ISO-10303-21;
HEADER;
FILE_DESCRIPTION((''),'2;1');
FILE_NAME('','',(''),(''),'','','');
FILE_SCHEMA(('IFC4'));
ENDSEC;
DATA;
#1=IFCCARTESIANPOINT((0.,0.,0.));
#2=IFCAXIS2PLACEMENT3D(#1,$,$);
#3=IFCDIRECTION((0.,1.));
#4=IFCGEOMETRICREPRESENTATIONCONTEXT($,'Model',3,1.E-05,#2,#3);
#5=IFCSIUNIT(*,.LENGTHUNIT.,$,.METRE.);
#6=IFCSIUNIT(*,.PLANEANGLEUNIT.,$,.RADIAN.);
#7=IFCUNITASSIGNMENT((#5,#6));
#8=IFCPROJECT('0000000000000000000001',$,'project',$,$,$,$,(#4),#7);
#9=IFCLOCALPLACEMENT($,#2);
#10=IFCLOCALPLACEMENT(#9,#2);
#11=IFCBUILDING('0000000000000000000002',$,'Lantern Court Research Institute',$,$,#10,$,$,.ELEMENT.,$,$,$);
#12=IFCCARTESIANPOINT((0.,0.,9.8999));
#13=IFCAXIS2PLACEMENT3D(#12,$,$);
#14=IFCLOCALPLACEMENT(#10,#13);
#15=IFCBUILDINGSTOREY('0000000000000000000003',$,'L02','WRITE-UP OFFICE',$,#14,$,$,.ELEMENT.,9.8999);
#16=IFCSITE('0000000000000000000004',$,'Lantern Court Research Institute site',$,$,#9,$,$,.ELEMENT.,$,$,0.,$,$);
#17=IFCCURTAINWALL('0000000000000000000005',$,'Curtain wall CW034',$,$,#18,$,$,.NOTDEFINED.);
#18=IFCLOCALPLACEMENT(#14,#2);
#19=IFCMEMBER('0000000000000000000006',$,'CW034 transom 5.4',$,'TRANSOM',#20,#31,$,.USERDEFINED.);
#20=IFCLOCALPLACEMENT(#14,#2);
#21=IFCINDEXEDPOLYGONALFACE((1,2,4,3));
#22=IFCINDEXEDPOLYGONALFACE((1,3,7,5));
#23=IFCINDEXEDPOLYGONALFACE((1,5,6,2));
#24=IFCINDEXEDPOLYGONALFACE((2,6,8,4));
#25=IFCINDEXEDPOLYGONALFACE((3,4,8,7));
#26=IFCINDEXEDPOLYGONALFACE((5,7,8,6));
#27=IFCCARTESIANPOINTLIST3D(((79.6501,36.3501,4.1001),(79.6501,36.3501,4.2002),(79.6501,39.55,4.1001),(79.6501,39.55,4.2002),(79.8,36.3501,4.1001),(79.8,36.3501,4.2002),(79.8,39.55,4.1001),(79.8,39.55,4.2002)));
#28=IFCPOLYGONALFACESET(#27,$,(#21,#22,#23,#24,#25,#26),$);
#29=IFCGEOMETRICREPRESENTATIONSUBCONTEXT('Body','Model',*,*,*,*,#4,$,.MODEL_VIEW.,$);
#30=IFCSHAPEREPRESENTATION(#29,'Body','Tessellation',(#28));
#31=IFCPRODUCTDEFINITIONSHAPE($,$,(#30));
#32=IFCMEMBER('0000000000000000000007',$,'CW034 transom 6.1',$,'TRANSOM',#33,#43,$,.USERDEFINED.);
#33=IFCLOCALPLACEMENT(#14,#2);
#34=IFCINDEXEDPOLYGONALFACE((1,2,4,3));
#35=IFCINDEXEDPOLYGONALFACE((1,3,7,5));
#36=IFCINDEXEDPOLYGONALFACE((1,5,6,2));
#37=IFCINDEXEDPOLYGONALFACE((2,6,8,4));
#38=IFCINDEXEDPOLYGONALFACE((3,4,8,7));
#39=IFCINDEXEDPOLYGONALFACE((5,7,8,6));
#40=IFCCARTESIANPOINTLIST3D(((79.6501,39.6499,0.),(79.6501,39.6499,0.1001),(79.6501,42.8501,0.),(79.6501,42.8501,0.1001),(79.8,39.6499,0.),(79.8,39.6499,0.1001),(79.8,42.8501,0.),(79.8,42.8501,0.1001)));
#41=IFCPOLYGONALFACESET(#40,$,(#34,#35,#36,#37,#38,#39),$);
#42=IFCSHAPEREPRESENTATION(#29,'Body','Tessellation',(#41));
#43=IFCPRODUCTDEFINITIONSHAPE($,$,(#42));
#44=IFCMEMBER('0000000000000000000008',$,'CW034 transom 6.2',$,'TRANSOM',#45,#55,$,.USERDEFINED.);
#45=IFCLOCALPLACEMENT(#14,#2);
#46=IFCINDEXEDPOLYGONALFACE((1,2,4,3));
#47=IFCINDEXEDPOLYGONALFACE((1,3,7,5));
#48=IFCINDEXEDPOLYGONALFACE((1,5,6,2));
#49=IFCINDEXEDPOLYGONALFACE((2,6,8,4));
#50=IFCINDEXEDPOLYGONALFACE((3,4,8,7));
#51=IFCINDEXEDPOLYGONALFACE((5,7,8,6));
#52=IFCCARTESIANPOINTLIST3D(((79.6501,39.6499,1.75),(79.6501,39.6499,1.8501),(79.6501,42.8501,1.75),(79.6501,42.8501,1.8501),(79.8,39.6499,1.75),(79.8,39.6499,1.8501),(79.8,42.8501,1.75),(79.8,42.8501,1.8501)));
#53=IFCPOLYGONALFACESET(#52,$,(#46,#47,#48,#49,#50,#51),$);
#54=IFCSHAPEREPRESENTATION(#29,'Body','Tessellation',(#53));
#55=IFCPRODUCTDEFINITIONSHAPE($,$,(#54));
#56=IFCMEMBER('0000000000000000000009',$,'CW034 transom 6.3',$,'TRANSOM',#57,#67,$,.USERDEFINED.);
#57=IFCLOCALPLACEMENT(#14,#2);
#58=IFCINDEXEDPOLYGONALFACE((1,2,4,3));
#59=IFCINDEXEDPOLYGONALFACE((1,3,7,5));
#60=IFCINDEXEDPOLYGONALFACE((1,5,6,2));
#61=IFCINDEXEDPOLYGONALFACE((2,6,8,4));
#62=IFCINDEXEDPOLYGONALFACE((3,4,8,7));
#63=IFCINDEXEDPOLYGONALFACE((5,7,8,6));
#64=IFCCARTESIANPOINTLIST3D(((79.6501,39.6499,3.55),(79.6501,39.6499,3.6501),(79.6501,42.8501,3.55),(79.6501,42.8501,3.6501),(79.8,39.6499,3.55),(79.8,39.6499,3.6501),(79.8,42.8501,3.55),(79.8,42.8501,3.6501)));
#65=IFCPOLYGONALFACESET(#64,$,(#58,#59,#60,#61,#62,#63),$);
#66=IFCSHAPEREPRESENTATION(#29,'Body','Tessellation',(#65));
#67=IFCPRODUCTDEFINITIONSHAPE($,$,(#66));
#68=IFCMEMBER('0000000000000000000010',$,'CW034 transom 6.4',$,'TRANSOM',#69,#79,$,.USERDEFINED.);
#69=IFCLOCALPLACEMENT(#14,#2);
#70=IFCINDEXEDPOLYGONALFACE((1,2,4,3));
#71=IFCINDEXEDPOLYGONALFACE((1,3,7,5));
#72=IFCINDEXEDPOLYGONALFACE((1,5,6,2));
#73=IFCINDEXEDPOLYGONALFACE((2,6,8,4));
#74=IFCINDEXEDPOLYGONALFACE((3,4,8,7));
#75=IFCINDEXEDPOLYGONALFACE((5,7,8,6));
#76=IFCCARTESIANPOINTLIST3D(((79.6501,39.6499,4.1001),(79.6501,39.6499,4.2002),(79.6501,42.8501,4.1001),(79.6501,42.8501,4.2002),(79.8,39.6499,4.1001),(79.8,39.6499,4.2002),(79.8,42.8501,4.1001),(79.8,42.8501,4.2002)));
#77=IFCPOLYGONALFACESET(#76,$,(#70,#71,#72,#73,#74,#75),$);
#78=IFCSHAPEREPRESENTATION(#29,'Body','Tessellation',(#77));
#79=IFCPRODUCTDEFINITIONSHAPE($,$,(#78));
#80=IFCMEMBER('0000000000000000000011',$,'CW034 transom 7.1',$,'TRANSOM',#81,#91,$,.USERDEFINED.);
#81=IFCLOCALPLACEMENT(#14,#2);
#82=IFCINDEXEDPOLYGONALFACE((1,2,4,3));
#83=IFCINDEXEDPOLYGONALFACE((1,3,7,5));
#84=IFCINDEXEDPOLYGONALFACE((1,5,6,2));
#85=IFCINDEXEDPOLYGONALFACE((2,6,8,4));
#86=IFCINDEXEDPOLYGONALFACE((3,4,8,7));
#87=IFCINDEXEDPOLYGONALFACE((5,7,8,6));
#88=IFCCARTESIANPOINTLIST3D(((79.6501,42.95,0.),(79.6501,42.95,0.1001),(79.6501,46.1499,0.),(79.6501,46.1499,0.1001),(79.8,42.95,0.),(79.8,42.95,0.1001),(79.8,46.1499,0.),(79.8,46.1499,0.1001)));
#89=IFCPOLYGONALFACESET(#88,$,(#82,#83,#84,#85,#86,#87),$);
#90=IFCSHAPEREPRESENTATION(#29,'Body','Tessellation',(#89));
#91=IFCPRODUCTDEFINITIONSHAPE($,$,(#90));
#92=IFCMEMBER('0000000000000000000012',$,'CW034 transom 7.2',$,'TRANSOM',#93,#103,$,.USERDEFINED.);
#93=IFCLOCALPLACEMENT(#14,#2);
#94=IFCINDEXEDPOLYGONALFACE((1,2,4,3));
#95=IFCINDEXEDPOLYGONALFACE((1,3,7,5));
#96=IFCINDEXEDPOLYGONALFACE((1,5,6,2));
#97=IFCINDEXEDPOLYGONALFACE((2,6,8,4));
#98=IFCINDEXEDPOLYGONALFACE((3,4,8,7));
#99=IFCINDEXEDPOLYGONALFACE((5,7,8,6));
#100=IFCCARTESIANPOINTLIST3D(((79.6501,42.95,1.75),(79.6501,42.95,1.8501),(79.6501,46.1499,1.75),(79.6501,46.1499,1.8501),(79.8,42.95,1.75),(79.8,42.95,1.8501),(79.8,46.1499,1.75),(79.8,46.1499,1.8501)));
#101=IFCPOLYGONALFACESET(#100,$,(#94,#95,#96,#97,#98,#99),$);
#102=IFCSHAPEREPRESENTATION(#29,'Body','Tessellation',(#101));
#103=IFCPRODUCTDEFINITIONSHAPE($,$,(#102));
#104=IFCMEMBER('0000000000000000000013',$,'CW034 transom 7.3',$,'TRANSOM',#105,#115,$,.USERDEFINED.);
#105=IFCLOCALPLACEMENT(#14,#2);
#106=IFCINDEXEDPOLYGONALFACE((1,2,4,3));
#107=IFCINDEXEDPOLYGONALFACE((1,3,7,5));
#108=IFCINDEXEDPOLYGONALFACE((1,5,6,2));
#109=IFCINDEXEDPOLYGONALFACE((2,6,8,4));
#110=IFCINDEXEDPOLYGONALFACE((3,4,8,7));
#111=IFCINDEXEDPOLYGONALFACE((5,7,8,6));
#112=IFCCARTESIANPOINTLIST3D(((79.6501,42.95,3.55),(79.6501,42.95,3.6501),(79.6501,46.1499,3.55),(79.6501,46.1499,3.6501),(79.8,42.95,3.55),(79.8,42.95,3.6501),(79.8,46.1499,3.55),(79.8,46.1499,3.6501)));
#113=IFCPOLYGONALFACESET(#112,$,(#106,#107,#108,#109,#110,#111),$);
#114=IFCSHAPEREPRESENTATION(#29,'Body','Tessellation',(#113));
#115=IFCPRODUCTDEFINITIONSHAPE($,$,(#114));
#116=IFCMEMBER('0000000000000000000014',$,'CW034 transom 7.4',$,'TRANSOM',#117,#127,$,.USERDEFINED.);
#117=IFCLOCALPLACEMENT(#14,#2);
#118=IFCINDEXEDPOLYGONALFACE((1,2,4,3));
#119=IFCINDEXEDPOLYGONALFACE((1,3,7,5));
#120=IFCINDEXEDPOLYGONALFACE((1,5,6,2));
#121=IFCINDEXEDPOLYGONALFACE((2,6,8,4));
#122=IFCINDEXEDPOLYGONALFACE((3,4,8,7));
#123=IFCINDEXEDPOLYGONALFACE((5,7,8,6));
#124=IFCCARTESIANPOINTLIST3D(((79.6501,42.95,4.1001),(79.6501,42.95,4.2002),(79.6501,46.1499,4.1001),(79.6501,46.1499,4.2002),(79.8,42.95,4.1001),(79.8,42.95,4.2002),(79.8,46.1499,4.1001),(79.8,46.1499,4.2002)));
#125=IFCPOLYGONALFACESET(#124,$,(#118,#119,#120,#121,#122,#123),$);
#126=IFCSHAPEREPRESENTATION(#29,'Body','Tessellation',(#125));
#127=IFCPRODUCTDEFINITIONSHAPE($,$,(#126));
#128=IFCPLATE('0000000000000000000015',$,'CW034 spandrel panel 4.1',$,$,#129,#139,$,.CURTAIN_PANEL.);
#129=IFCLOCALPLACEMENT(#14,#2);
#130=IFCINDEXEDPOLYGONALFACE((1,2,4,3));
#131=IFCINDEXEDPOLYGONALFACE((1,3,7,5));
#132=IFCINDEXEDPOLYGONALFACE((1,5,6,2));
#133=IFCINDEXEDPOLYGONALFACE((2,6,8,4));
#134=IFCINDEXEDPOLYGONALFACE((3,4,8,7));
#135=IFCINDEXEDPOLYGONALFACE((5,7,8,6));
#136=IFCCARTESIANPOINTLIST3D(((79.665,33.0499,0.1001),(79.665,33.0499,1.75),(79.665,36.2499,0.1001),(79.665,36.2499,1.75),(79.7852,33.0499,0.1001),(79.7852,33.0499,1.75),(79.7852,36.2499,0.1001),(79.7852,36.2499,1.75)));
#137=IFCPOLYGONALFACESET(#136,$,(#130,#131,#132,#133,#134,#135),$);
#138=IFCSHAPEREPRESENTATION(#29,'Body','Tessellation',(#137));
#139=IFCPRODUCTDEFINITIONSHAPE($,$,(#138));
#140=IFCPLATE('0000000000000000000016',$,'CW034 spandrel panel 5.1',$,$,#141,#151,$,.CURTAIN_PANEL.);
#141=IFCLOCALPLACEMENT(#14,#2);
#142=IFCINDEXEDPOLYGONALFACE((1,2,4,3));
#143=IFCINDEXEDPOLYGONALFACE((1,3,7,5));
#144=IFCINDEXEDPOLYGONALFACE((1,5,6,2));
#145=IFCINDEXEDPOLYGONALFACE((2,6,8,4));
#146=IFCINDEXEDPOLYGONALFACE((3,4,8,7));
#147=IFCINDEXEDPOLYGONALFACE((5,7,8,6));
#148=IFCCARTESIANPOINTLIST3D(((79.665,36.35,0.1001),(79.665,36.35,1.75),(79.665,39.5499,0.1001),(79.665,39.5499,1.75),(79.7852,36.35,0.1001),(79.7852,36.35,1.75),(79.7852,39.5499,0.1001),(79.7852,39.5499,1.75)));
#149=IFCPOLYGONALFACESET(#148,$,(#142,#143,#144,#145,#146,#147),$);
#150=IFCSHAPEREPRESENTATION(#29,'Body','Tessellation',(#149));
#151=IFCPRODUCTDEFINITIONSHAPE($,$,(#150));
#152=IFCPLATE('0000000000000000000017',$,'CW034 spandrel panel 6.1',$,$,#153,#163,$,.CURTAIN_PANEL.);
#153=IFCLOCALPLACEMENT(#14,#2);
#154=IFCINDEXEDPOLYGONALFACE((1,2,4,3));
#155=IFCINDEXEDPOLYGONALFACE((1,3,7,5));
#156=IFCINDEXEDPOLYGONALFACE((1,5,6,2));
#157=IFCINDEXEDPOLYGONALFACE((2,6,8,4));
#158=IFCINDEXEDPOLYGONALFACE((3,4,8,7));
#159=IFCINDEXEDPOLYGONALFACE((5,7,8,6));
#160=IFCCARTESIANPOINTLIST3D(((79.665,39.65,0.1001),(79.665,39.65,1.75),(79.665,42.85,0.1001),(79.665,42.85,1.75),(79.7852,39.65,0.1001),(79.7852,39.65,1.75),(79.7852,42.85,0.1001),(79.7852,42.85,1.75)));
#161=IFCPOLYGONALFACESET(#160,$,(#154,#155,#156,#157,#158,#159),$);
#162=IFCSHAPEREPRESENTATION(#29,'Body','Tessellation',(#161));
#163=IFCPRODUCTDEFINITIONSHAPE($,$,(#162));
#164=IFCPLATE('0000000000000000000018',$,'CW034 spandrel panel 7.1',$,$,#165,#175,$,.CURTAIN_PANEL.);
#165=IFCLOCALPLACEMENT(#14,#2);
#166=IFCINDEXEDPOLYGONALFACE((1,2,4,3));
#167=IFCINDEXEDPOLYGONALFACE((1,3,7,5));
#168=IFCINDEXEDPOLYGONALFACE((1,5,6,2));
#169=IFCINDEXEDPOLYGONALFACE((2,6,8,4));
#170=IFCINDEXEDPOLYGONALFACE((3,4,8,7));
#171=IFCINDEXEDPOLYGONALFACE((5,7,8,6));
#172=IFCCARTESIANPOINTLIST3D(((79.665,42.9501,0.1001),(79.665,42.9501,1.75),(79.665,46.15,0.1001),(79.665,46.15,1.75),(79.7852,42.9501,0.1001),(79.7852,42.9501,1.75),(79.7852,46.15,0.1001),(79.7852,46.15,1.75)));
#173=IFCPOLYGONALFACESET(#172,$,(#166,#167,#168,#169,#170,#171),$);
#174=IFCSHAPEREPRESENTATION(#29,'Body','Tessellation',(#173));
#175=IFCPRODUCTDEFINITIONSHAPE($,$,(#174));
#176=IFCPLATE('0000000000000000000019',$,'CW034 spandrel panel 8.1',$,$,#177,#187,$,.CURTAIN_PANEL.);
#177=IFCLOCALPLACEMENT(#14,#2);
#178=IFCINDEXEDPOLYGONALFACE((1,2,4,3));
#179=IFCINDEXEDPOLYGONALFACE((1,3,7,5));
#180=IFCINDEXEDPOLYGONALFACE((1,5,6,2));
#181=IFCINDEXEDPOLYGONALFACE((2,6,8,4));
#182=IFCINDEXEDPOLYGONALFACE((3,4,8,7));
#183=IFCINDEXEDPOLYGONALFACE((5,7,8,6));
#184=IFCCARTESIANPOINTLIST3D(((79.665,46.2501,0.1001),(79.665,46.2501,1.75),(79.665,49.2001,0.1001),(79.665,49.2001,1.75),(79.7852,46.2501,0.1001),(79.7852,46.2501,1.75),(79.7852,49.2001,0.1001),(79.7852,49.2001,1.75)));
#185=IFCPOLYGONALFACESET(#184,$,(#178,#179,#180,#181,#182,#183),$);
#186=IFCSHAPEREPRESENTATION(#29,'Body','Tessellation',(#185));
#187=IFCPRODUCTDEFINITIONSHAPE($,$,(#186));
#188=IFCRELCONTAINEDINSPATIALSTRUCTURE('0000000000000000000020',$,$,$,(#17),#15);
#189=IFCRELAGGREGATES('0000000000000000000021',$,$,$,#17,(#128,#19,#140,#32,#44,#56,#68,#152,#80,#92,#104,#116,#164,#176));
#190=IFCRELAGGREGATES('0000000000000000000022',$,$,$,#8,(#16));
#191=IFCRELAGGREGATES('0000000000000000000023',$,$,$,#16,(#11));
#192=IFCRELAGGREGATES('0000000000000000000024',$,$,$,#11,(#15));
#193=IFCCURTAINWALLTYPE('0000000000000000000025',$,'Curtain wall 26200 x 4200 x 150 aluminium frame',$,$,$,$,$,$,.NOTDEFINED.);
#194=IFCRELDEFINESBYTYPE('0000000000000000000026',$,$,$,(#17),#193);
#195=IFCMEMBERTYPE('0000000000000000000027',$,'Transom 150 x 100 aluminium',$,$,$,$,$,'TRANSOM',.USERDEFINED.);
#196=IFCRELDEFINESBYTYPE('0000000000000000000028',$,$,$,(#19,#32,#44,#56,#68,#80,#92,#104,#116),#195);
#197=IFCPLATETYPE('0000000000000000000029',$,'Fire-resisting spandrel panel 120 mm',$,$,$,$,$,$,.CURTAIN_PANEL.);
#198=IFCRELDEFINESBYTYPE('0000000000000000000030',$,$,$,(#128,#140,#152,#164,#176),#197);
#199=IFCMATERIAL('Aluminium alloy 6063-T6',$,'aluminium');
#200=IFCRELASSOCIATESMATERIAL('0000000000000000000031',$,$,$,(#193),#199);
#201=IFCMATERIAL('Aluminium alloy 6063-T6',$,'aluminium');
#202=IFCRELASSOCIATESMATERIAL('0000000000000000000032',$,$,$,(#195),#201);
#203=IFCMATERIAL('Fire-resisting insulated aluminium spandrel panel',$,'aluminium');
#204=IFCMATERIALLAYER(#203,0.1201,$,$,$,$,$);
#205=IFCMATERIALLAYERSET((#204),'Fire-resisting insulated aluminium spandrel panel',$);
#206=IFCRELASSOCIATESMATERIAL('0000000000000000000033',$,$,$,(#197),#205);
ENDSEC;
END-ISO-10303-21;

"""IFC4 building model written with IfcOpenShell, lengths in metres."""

from ifc_helpers import new_model, si_unit, direction, frame, origin, origin_2d, place, context, subcontext, project, spatial, rectangle, extrude, material, layer, layer_set, material_profile, profile_set, type_object, element, aggregate, save


model = new_model("IFC4")

# Units and contexts
model_context = context("Model", 3, precision=1e-05, world=origin(), true_north=direction((0.0, 1.0)))
body_context = subcontext(model_context, "Body", "Model", "MODEL_VIEW")
ifc_project = project(units=[si_unit("LENGTHUNIT", "METRE"), si_unit("PLANEANGLEUNIT", "RADIAN")], contexts=[model_context])

# Site, building, storey
site_placement = place(None, origin())
site = spatial("IfcSite", under=ifc_project, at=site_placement, Name="Lantern Court Research Institute site", CompositionType="ELEMENT", RefElevation=0.0)
building_placement = place(site_placement, origin())
building = spatial("IfcBuilding", under=site, at=building_placement, Name="Lantern Court Research Institute", CompositionType="ELEMENT")
storey_placement = place(building_placement, frame((0.0, 0.0, 9.8999)))
storey = spatial("IfcBuildingStorey", under=building, at=storey_placement, Name="L02", Description="WRITE-UP OFFICE", CompositionType="ELEMENT", Elevation=9.8999)

# Curtain wall, members, plates
ifc_material_1 = material(Name="Aluminium alloy 6063-T6", Category="aluminium")
curtain_wall_type = type_object("IfcCurtainWallType", Name="Curtain wall 26200 x 4200 x 150 aluminium frame", PredefinedType="NOTDEFINED", material=ifc_material_1)
curtain_wall_placement = place(storey_placement, origin())
curtain_wall = element("IfcCurtainWall", 1, at=curtain_wall_placement, inside=storey, type_object=curtain_wall_type, Name="Curtain wall CW034", PredefinedType="NOTDEFINED")
ifc_material_2 = material(Name="Aluminium alloy 6063-T6", Category="aluminium")
ifc_material_profile_1 = material_profile(ifc_material_2, rectangle(XDim=0.1499, YDim=0.1001, at=origin_2d()), Name="Transom 150 x 100")
ifc_profile_set_1 = profile_set([ifc_material_profile_1], Name="Aluminium alloy 6063-T6")
member_type_1 = type_object("IfcMemberType", Name="Transom 150 x 100 aluminium", ElementType="TRANSOM", PredefinedType="USERDEFINED", material=ifc_profile_set_1)
member_1_placement = place(storey_placement, frame((79.7251, 39.55, 4.1501), z_axis=(0.0, -1.0, 0.0), x_axis=(1.0, 0.0, 0.0)))
member_1 = element("IfcMember", 2, at=member_1_placement, type_object=member_type_1, Name="CW034 transom 5.4", ObjectType="TRANSOM", PredefinedType="USERDEFINED", context=body_context, shape_type="SweptSolid", body=[
    extrude(rectangle(XDim=0.1499, YDim=0.1001, at=origin_2d()), origin(), (0.0, 0.0, 1.0), 3.2),
])
member_2_placement = place(storey_placement, frame((79.7251, 42.8501, 0.05), z_axis=(0.0, -1.0, 0.0), x_axis=(1.0, 0.0, 0.0)))
member_2 = element("IfcMember", 3, at=member_2_placement, type_object=member_type_1, Name="CW034 transom 6.1", ObjectType="TRANSOM", PredefinedType="USERDEFINED", context=body_context, shape_type="SweptSolid", body=[
    extrude(rectangle(XDim=0.1499, YDim=0.1001, at=origin_2d()), origin(), (0.0, 0.0, 1.0), 3.2002),
])
member_3_placement = place(storey_placement, frame((79.7251, 42.8501, 1.8), z_axis=(0.0, -1.0, 0.0), x_axis=(1.0, 0.0, 0.0)))
member_3 = element("IfcMember", 4, at=member_3_placement, type_object=member_type_1, Name="CW034 transom 6.2", ObjectType="TRANSOM", PredefinedType="USERDEFINED", context=body_context, shape_type="SweptSolid", body=[
    extrude(rectangle(XDim=0.1499, YDim=0.1001, at=origin_2d()), origin(), (0.0, 0.0, 1.0), 3.2002),
])
member_4_placement = place(storey_placement, frame((79.7251, 42.8501, 3.6001), z_axis=(0.0, -1.0, 0.0), x_axis=(1.0, 0.0, 0.0)))
member_4 = element("IfcMember", 5, at=member_4_placement, type_object=member_type_1, Name="CW034 transom 6.3", ObjectType="TRANSOM", PredefinedType="USERDEFINED", context=body_context, shape_type="SweptSolid", body=[
    extrude(rectangle(XDim=0.1499, YDim=0.1001, at=origin_2d()), origin(), (0.0, 0.0, 1.0), 3.2002),
])
member_5_placement = place(storey_placement, frame((79.7251, 42.8501, 4.1501), z_axis=(0.0, -1.0, 0.0), x_axis=(1.0, 0.0, 0.0)))
member_5 = element("IfcMember", 6, at=member_5_placement, type_object=member_type_1, Name="CW034 transom 6.4", ObjectType="TRANSOM", PredefinedType="USERDEFINED", context=body_context, shape_type="SweptSolid", body=[
    extrude(rectangle(XDim=0.1499, YDim=0.1001, at=origin_2d()), origin(), (0.0, 0.0, 1.0), 3.2002),
])
member_6_placement = place(storey_placement, frame((79.7251, 46.1499, 0.05), z_axis=(0.0, -1.0, 0.0), x_axis=(1.0, 0.0, 0.0)))
member_6 = element("IfcMember", 7, at=member_6_placement, type_object=member_type_1, Name="CW034 transom 7.1", ObjectType="TRANSOM", PredefinedType="USERDEFINED", context=body_context, shape_type="SweptSolid", body=[
    extrude(rectangle(XDim=0.1499, YDim=0.1001, at=origin_2d()), origin(), (0.0, 0.0, 1.0), 3.2),
])
member_7_placement = place(storey_placement, frame((79.7251, 46.1499, 1.8), z_axis=(0.0, -1.0, 0.0), x_axis=(1.0, 0.0, 0.0)))
member_7 = element("IfcMember", 8, at=member_7_placement, type_object=member_type_1, Name="CW034 transom 7.2", ObjectType="TRANSOM", PredefinedType="USERDEFINED", context=body_context, shape_type="SweptSolid", body=[
    extrude(rectangle(XDim=0.1499, YDim=0.1001, at=origin_2d()), origin(), (0.0, 0.0, 1.0), 3.2),
])
member_8_placement = place(storey_placement, frame((79.7251, 46.1499, 3.6001), z_axis=(0.0, -1.0, 0.0), x_axis=(1.0, 0.0, 0.0)))
member_8 = element("IfcMember", 9, at=member_8_placement, type_object=member_type_1, Name="CW034 transom 7.3", ObjectType="TRANSOM", PredefinedType="USERDEFINED", context=body_context, shape_type="SweptSolid", body=[
    extrude(rectangle(XDim=0.1499, YDim=0.1001, at=origin_2d()), origin(), (0.0, 0.0, 1.0), 3.2),
])
member_9_placement = place(storey_placement, frame((79.7251, 46.1499, 4.1501), z_axis=(0.0, -1.0, 0.0), x_axis=(1.0, 0.0, 0.0)))
member_9 = element("IfcMember", 10, at=member_9_placement, type_object=member_type_1, Name="CW034 transom 7.4", ObjectType="TRANSOM", PredefinedType="USERDEFINED", context=body_context, shape_type="SweptSolid", body=[
    extrude(rectangle(XDim=0.1499, YDim=0.1001, at=origin_2d()), origin(), (0.0, 0.0, 1.0), 3.2),
])
ifc_material_3 = material(Name="Fire-resisting insulated aluminium spandrel panel", Category="aluminium")
ifc_layer_1 = layer(ifc_material_3, 0.1201)
ifc_layer_set_1 = layer_set([ifc_layer_1], Name="Fire-resisting insulated aluminium spandrel panel")
plate_type_1 = type_object("IfcPlateType", Name="Fire-resisting spandrel panel 120 mm", PredefinedType="CURTAIN_PANEL", material=ifc_layer_set_1)
plate_1_placement = place(storey_placement, frame((79.7251, 34.6499, 0.1001), z_axis=(0.0, 0.0, 1.0), x_axis=(0.0, -1.0, 0.0)))
plate_1 = element("IfcPlate", 11, at=plate_1_placement, type_object=plate_type_1, Name="CW034 spandrel panel 4.1", PredefinedType="CURTAIN_PANEL", context=body_context, shape_type="SweptSolid", body=[
    extrude(rectangle(XDim=3.2, YDim=0.1201, at=origin_2d()), origin(), (0.0, 0.0, 1.0), 1.6499),
])
plate_2_placement = place(storey_placement, frame((79.7251, 37.95, 0.1001), z_axis=(0.0, 0.0, 1.0), x_axis=(0.0, -1.0, 0.0)))
plate_2 = element("IfcPlate", 12, at=plate_2_placement, type_object=plate_type_1, Name="CW034 spandrel panel 5.1", PredefinedType="CURTAIN_PANEL", context=body_context, shape_type="SweptSolid", body=[
    extrude(rectangle(XDim=3.2, YDim=0.1201, at=origin_2d()), origin(), (0.0, 0.0, 1.0), 1.6499),
])
plate_3_placement = place(storey_placement, frame((79.7251, 41.25, 0.1001), z_axis=(0.0, 0.0, 1.0), x_axis=(0.0, -1.0, 0.0)))
plate_3 = element("IfcPlate", 13, at=plate_3_placement, type_object=plate_type_1, Name="CW034 spandrel panel 6.1", PredefinedType="CURTAIN_PANEL", context=body_context, shape_type="SweptSolid", body=[
    extrude(rectangle(XDim=3.2, YDim=0.1201, at=origin_2d()), origin(), (0.0, 0.0, 1.0), 1.6499),
])
plate_4_placement = place(storey_placement, frame((79.7251, 44.55, 0.1001), z_axis=(0.0, 0.0, 1.0), x_axis=(0.0, -1.0, 0.0)))
plate_4 = element("IfcPlate", 14, at=plate_4_placement, type_object=plate_type_1, Name="CW034 spandrel panel 7.1", PredefinedType="CURTAIN_PANEL", context=body_context, shape_type="SweptSolid", body=[
    extrude(rectangle(XDim=3.2, YDim=0.1201, at=origin_2d()), origin(), (0.0, 0.0, 1.0), 1.6499),
])
plate_5_placement = place(storey_placement, frame((79.7251, 47.7251, 0.1001), z_axis=(0.0, 0.0, 1.0), x_axis=(0.0, -1.0, 0.0)))
plate_5 = element("IfcPlate", 15, at=plate_5_placement, type_object=plate_type_1, Name="CW034 spandrel panel 8.1", PredefinedType="CURTAIN_PANEL", context=body_context, shape_type="SweptSolid", body=[
    extrude(rectangle(XDim=2.95, YDim=0.1201, at=origin_2d()), origin(), (0.0, 0.0, 1.0), 1.6499),
])
aggregate(curtain_wall, [plate_1, member_1, plate_2, member_2, member_3, member_4, member_5, plate_3, member_6, member_7, member_8, member_9, plate_4, plate_5])

save(model, "model.ifc")
